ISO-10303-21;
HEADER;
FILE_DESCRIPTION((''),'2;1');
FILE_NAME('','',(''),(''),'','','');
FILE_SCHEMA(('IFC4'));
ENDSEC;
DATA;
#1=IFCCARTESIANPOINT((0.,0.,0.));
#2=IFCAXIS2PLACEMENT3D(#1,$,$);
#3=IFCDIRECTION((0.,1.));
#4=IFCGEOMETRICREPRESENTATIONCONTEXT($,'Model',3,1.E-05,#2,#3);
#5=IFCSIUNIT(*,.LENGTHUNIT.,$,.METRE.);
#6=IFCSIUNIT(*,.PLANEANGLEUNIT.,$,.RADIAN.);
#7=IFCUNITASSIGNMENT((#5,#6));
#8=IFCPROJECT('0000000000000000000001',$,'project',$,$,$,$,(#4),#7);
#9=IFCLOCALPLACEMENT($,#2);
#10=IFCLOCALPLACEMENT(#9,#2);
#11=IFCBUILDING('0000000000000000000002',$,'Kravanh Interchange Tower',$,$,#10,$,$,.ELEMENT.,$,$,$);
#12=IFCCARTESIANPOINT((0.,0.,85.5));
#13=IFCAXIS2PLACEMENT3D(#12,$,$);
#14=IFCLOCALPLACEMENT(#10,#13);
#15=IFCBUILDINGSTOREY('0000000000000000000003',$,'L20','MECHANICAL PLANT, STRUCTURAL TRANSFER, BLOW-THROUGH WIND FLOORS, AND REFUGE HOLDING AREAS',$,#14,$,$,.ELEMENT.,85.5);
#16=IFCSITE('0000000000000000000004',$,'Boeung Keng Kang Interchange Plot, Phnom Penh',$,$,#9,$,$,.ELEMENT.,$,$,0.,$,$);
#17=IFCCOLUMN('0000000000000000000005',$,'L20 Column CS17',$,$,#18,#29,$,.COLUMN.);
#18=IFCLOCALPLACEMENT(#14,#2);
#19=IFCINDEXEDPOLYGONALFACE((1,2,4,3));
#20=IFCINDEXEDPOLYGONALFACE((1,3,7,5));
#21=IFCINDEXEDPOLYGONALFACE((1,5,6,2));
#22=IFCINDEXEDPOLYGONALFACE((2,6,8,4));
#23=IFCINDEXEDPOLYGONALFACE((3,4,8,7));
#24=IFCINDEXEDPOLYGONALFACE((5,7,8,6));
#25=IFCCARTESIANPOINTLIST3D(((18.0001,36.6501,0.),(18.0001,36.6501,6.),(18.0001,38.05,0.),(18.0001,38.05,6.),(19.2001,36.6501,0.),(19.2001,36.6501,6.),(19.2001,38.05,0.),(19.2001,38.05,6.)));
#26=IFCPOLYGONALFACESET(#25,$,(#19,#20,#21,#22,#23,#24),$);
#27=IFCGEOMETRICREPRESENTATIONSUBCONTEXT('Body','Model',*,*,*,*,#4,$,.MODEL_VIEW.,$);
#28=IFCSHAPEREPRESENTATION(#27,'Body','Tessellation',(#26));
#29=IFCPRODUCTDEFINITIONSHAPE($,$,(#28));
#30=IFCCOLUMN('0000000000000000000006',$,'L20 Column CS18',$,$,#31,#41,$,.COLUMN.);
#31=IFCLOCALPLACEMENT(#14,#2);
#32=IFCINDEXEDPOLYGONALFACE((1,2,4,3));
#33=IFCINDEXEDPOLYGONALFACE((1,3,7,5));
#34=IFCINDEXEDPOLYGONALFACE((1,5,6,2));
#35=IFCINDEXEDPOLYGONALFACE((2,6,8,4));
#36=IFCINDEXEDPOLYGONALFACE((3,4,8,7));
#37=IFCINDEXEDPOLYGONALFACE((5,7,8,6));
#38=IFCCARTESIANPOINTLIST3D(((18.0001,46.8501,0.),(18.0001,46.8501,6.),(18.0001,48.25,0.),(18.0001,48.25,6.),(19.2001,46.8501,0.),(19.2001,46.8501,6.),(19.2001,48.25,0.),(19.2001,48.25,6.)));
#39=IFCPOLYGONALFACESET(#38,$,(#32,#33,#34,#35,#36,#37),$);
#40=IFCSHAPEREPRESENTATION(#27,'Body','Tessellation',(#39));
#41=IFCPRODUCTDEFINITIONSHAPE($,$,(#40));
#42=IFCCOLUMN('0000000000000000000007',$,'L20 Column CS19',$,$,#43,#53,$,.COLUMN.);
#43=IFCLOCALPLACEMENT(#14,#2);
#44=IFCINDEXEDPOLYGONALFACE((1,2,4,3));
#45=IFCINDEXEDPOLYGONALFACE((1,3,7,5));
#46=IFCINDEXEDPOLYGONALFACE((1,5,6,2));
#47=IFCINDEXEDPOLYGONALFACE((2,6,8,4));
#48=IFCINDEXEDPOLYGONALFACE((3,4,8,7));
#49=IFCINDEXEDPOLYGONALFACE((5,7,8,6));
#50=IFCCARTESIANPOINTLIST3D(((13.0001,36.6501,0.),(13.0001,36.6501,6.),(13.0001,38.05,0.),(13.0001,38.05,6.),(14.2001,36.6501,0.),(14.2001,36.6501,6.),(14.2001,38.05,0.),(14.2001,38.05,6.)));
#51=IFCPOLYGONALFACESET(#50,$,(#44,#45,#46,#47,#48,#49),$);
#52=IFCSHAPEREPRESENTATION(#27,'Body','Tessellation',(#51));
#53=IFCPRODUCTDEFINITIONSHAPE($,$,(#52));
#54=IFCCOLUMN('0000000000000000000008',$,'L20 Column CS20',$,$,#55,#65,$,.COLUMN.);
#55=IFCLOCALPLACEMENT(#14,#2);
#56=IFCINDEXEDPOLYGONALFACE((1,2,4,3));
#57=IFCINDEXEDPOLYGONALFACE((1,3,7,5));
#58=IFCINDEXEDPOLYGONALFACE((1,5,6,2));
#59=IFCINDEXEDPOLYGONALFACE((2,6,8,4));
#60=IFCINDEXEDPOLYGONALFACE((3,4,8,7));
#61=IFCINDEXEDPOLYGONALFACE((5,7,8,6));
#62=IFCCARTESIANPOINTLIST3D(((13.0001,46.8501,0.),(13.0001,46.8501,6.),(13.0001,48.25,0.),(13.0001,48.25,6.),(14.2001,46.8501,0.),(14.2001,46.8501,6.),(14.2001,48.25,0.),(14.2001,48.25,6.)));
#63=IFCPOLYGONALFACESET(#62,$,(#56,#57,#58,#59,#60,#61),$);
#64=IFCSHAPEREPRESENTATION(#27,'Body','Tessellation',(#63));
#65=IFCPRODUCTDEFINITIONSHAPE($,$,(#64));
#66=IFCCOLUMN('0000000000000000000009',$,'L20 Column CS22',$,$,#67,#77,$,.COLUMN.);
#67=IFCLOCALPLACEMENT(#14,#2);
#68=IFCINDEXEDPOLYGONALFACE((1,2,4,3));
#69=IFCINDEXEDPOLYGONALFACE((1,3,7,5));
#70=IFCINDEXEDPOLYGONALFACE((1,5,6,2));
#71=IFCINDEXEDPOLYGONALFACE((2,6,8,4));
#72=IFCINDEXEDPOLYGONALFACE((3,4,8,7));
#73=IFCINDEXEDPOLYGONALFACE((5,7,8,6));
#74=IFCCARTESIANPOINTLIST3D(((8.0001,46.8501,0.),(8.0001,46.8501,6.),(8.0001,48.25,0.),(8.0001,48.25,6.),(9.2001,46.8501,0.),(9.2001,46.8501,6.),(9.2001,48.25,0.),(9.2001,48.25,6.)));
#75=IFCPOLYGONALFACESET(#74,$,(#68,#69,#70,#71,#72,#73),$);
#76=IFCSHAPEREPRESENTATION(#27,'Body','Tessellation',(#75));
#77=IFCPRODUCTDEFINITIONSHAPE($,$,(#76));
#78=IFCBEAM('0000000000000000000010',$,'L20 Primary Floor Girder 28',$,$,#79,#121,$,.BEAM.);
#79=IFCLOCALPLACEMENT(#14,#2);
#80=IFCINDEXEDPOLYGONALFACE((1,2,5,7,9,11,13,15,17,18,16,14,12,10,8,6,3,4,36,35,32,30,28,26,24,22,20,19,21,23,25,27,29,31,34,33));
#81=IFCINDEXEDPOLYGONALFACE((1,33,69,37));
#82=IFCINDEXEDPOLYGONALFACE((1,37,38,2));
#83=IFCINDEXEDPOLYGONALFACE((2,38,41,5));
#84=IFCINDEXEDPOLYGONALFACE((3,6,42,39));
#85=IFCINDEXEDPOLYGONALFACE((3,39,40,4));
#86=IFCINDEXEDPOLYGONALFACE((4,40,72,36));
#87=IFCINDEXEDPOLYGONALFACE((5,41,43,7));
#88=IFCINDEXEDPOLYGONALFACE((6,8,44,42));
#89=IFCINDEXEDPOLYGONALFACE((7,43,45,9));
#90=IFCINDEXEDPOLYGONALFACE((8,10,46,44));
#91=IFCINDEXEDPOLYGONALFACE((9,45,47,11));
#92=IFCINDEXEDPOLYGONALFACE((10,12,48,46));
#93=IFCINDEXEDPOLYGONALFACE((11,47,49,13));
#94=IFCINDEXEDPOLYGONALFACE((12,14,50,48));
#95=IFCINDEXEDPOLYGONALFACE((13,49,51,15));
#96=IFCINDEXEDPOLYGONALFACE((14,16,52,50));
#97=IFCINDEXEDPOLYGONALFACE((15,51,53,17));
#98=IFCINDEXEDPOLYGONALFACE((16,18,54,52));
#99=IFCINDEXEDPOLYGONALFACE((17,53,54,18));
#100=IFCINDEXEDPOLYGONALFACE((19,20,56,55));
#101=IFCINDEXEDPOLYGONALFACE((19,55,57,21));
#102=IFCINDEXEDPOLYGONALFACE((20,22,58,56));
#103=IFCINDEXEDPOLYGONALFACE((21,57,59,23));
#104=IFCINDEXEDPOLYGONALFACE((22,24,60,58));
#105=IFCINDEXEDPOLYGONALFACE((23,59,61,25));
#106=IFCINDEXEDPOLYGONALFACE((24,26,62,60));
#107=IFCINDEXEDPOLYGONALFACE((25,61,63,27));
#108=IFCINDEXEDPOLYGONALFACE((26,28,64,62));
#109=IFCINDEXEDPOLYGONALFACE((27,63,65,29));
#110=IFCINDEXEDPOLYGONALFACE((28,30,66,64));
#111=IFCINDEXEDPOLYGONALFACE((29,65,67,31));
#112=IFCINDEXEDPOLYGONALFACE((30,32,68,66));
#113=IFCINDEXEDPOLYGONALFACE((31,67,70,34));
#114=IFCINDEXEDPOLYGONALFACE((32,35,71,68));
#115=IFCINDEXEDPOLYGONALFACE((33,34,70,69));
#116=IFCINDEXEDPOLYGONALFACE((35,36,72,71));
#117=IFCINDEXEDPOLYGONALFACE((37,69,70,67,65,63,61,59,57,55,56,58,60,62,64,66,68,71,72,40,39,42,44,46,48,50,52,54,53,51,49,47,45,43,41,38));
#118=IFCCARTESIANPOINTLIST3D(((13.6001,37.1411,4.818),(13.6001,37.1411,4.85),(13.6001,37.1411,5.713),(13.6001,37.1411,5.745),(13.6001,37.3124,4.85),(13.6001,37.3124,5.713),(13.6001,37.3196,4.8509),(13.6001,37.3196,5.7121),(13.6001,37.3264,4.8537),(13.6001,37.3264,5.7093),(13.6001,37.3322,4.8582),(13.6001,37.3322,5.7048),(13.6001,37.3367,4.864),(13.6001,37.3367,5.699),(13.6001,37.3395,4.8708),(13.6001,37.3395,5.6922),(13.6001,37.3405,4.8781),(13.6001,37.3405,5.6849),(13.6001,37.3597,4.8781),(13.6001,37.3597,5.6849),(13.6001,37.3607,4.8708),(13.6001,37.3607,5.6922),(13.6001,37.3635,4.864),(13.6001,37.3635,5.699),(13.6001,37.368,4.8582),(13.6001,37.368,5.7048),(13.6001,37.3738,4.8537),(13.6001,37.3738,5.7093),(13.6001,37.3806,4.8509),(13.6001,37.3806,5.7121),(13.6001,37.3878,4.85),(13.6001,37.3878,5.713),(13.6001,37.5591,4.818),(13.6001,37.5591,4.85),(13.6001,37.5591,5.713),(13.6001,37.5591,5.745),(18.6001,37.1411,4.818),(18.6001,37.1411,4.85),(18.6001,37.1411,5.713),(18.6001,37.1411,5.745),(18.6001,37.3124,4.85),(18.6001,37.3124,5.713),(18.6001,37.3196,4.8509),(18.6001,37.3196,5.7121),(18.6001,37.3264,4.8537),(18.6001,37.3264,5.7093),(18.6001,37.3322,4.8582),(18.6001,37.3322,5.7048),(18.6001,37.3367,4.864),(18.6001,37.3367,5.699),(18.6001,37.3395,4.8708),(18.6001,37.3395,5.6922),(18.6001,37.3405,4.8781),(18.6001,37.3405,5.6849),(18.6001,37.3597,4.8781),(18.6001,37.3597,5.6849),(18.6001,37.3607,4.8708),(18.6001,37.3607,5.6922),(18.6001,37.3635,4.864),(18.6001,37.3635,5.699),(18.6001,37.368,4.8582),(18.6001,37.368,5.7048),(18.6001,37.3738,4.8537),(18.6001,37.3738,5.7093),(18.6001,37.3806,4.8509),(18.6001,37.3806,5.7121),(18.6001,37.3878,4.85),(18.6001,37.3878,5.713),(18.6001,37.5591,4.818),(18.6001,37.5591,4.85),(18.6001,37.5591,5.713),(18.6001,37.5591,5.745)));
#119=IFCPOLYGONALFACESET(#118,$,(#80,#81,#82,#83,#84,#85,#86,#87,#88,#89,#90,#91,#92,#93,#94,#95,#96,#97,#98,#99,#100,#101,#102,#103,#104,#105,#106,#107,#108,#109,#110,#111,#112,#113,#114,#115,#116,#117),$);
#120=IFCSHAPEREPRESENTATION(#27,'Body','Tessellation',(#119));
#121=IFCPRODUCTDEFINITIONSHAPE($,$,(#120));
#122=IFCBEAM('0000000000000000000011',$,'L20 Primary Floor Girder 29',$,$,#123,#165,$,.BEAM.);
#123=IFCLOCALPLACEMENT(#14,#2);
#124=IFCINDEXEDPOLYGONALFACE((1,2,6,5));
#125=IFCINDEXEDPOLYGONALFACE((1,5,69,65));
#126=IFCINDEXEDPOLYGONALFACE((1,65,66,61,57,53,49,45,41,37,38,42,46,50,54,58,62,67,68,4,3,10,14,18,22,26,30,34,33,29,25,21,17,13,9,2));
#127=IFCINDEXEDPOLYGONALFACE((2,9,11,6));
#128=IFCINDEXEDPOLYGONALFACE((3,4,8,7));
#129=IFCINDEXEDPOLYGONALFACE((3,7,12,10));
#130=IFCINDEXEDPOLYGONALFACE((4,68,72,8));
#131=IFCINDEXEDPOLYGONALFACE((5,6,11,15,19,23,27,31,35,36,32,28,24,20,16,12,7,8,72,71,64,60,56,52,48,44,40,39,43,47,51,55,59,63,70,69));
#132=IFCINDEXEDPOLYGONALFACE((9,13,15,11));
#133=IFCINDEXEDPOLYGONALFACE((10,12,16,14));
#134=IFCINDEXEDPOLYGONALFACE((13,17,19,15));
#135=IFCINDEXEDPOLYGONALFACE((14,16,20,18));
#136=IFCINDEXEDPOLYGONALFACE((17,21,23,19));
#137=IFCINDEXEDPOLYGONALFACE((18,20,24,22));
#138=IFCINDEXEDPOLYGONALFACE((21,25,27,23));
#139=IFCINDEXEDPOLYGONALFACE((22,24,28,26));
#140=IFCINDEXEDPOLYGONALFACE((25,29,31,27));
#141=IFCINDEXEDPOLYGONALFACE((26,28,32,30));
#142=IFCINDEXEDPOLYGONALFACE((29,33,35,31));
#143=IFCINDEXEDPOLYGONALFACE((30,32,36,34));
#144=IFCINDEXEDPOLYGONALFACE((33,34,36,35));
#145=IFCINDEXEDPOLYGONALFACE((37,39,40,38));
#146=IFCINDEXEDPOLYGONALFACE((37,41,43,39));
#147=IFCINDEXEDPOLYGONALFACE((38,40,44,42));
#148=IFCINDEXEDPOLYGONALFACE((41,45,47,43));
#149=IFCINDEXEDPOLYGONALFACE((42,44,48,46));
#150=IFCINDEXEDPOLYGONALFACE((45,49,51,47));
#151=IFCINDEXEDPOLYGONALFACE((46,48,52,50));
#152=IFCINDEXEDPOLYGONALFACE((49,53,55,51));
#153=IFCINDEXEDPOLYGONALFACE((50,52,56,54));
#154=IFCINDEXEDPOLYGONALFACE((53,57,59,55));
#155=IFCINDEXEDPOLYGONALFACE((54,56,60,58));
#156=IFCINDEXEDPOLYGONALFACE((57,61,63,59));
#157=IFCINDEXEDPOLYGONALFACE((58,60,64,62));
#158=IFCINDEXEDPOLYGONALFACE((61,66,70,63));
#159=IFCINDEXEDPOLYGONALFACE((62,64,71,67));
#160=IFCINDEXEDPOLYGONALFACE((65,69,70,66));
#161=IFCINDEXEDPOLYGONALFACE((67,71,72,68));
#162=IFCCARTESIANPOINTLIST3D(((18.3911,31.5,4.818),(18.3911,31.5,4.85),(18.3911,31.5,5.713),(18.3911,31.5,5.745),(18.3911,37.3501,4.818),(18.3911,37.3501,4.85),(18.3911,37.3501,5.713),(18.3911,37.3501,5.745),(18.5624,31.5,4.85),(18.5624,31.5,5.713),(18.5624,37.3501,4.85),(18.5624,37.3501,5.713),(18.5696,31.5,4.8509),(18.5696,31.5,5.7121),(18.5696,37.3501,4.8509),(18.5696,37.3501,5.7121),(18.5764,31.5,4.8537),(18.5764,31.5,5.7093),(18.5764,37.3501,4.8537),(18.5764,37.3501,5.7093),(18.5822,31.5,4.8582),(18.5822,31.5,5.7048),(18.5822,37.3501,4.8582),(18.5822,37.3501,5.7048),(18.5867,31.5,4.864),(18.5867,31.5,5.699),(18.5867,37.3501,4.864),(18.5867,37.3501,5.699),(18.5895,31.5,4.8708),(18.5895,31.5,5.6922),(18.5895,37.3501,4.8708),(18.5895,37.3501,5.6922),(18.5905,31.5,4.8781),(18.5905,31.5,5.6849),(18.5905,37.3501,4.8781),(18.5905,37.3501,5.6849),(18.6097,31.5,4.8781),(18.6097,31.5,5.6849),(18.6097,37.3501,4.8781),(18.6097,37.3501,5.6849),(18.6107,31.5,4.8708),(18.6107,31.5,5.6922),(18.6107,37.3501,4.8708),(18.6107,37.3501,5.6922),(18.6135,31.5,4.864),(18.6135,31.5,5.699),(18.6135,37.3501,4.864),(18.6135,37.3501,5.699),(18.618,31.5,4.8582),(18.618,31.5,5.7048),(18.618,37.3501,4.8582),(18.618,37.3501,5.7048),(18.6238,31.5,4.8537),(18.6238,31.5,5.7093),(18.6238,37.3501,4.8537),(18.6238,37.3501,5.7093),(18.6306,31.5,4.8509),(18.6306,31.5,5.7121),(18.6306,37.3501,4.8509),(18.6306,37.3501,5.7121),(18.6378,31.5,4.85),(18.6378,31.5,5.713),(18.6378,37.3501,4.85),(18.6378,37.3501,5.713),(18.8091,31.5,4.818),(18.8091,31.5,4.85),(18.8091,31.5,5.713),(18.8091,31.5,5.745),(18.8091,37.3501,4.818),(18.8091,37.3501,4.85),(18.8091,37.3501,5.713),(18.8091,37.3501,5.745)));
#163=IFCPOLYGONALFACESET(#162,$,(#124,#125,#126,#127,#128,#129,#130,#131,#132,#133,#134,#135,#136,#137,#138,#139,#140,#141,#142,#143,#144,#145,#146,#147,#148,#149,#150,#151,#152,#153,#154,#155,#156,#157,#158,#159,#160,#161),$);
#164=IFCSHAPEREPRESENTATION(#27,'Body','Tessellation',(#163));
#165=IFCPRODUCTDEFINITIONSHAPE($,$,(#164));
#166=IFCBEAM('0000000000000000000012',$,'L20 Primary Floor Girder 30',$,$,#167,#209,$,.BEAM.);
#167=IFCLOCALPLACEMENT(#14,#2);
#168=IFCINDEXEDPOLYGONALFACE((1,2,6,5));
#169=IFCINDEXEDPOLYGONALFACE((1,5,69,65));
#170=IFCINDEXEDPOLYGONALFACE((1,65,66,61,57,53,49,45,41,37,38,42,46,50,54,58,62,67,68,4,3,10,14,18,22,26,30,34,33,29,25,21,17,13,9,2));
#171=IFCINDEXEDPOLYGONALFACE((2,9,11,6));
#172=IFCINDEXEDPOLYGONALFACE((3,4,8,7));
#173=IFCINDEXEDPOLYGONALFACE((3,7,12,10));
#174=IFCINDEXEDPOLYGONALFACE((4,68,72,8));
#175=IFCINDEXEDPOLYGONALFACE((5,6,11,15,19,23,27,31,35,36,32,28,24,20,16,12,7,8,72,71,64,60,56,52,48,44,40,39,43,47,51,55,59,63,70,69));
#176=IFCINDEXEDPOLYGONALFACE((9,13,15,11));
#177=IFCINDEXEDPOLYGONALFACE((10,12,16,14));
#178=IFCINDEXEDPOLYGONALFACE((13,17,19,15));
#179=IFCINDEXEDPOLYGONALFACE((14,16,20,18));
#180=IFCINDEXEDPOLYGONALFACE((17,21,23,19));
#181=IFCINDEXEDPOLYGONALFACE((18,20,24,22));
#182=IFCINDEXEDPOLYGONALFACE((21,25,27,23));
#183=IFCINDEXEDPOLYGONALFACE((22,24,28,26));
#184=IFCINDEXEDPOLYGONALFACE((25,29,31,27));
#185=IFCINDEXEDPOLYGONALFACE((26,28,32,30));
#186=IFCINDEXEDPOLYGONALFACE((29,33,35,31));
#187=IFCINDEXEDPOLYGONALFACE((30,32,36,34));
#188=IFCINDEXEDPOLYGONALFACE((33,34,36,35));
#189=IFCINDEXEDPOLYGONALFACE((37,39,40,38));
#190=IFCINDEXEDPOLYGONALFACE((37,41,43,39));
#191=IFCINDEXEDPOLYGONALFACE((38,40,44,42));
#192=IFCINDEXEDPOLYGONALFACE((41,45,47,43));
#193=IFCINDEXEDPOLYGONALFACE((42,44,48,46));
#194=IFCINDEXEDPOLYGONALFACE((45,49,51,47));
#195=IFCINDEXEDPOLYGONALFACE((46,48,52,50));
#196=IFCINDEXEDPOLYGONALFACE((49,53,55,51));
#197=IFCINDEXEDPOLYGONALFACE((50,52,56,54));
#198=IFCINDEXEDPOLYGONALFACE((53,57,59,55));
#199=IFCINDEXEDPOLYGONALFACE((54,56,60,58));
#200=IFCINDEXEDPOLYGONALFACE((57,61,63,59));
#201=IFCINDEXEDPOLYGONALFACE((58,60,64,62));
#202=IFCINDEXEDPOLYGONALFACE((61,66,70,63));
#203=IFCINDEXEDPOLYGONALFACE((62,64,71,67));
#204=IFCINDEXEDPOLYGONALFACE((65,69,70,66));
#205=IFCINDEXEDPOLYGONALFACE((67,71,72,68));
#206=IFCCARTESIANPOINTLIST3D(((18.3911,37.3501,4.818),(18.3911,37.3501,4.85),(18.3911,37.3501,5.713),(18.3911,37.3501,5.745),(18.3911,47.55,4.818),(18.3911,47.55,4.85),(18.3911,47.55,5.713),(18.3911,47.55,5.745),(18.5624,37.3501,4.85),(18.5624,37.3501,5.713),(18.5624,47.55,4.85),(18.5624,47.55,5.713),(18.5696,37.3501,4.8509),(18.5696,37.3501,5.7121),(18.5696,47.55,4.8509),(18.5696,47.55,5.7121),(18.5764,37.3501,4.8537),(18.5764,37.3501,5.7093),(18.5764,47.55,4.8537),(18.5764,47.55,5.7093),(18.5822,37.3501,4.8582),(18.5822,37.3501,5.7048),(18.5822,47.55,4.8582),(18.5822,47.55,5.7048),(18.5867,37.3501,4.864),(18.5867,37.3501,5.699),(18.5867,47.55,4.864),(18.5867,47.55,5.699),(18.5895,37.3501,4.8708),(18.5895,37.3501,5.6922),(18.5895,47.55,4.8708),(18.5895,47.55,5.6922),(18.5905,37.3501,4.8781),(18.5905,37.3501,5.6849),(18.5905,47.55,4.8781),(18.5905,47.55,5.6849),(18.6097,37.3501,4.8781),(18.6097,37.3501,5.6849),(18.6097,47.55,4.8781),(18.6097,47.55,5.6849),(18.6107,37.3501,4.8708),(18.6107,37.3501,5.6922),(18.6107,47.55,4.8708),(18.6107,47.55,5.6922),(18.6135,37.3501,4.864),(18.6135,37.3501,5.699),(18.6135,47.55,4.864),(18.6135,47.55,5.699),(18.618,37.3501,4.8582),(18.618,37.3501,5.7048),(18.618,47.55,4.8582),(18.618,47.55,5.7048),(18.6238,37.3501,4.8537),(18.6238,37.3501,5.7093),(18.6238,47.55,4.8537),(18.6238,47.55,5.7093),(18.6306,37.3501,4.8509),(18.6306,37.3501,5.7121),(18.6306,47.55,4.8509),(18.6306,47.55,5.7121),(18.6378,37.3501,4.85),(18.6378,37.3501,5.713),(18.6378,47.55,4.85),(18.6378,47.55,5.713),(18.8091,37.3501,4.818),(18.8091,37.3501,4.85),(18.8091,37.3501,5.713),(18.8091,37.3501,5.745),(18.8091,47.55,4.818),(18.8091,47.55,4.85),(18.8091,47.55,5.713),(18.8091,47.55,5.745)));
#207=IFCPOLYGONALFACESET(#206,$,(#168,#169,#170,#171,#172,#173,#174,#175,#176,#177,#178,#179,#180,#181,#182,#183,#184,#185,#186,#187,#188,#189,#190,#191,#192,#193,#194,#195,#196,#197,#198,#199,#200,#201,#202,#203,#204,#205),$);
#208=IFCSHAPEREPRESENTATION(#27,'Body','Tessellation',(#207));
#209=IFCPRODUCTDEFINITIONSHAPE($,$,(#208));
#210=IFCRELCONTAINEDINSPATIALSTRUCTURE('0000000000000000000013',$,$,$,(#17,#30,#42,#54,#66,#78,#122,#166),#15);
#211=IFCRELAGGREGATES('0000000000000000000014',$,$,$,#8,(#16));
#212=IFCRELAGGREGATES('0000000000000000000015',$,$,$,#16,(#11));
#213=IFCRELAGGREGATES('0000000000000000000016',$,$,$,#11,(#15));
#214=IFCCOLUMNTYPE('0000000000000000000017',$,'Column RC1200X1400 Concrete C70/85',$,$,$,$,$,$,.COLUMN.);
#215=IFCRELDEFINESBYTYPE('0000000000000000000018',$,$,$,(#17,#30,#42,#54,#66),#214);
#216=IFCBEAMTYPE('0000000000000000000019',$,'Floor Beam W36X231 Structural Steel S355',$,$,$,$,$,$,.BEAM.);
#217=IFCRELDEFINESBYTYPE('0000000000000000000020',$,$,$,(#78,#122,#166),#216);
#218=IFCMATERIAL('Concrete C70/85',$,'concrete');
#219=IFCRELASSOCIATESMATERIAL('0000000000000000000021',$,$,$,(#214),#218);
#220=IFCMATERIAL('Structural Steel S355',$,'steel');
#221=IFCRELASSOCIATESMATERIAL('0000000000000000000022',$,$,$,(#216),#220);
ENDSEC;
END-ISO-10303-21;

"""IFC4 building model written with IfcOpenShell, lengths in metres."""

from ifc_helpers import new_model, si_unit, direction, frame, origin, origin_2d, place, context, subcontext, project, spatial, rectangle, i_section, extrude, material, material_profile, profile_set, type_object, element, save


model = new_model("IFC4")

# Units and contexts
model_context = context("Model", 3, precision=1e-05, world=origin(), true_north=direction((0.0, 1.0)))
body_context = subcontext(model_context, "Body", "Model", "MODEL_VIEW")
ifc_project = project(units=[si_unit("LENGTHUNIT", "METRE"), si_unit("PLANEANGLEUNIT", "RADIAN")], contexts=[model_context])

# Site, building, storey
site_placement = place(None, origin())
site = spatial("IfcSite", under=ifc_project, at=site_placement, Name="Boeung Keng Kang Interchange Plot, Phnom Penh", CompositionType="ELEMENT", RefElevation=0.0)
building_placement = place(site_placement, origin())
building = spatial("IfcBuilding", under=site, at=building_placement, Name="Kravanh Interchange Tower", CompositionType="ELEMENT")
storey_placement = place(building_placement, frame((0.0, 0.0, 85.5)))
storey = spatial("IfcBuildingStorey", under=building, at=storey_placement, Name="L20", Description="MECHANICAL PLANT, STRUCTURAL TRANSFER, BLOW-THROUGH WIND FLOORS, AND REFUGE HOLDING AREAS", CompositionType="ELEMENT", Elevation=85.5)

# Columns
ifc_material_1 = material(Name="Concrete C70/85", Category="concrete")
ifc_material_profile_1 = material_profile(ifc_material_1, rectangle(XDim=1.2, YDim=1.3999, at=origin_2d()), Name="RC1200X1400")
ifc_profile_set_1 = profile_set([ifc_material_profile_1], Name="Concrete C70/85")
column_type = type_object("IfcColumnType", Name="Column RC1200X1400 Concrete C70/85", PredefinedType="COLUMN", material=ifc_profile_set_1)
for number, where, z_axis, x_axis, name in (
    (1, (18.6001, 37.3501, 0.0), (0.0, 0.0, 1.0), (1.0, 0.0, 0.0), "L20 Column CS17"),
    (2, (18.6001, 47.55, 0.0), (0.0, 0.0, 1.0), (1.0, 0.0, 0.0), "L20 Column CS18"),
    (3, (13.6001, 37.3501, 0.0), (0.0, 0.0, 1.0), (1.0, 0.0, 0.0), "L20 Column CS19"),
    (4, (13.6001, 47.55, 0.0), (0.0, 0.0, 1.0), (1.0, 0.0, 0.0), "L20 Column CS20"),
    (5, (8.6001, 47.55, 0.0), (0.0, 0.0, 1.0), (1.0, 0.0, 0.0), "L20 Column CS22"),
):
    element("IfcColumn", number, at=place(storey_placement, frame(where, z_axis=z_axis, x_axis=x_axis)), inside=storey, type_object=column_type, Name=name, PredefinedType="COLUMN", context=body_context, shape_type="SweptSolid", body=[
        extrude(rectangle(XDim=1.2, YDim=1.3999, at=origin_2d()), origin(), (0.0, 0.0, 1.0), 6.0),
    ])

# Beams
ifc_material_2 = material(Name="Structural Steel S355", Category="steel")
ifc_material_profile_2 = material_profile(ifc_material_2, i_section(OverallWidth=0.418, OverallDepth=0.927, WebThickness=0.0193, FlangeThickness=0.032, FilletRadius=0.0281, at=origin_2d()), Name="W36X231")
ifc_profile_set_2 = profile_set([ifc_material_profile_2], Name="Structural Steel S355")
beam_type = type_object("IfcBeamType", Name="Floor Beam W36X231 Structural Steel S355", PredefinedType="BEAM", material=ifc_profile_set_2)
beam_1_placement = place(storey_placement, frame((18.6001, 37.3501, 5.2815), z_axis=(-1.0, 0.0, 0.0), x_axis=(0.0, -1.0, 0.0)))
element("IfcBeam", 6, at=beam_1_placement, inside=storey, type_object=beam_type, Name="L20 Primary Floor Girder 28", PredefinedType="BEAM", context=body_context, shape_type="SweptSolid", body=[
    extrude(i_section(OverallWidth=0.418, OverallDepth=0.927, WebThickness=0.0193, FlangeThickness=0.032, FilletRadius=0.0281, at=origin_2d()), origin(), (0.0, 0.0, 1.0), 5.0),
])
beam_2_placement = place(storey_placement, frame((18.6001, 37.3501, 5.2815), z_axis=(0.0, -1.0, 0.0), x_axis=(1.0, 0.0, 0.0)))
element("IfcBeam", 7, at=beam_2_placement, inside=storey, type_object=beam_type, Name="L20 Primary Floor Girder 29", PredefinedType="BEAM", context=body_context, shape_type="SweptSolid", body=[
    extrude(i_section(OverallWidth=0.418, OverallDepth=0.927, WebThickness=0.0193, FlangeThickness=0.032, FilletRadius=0.0281, at=origin_2d()), origin(), (0.0, 0.0, 1.0), 5.8501),
])
beam_3_placement = place(storey_placement, frame((18.6001, 37.3501, 5.2815), z_axis=(0.0, 1.0, 0.0), x_axis=(-1.0, 0.0, 0.0)))
element("IfcBeam", 8, at=beam_3_placement, inside=storey, type_object=beam_type, Name="L20 Primary Floor Girder 30", PredefinedType="BEAM", context=body_context, shape_type="SweptSolid", body=[
    extrude(i_section(OverallWidth=0.418, OverallDepth=0.927, WebThickness=0.0193, FlangeThickness=0.032, FilletRadius=0.0281, at=origin_2d()), origin(), (0.0, 0.0, 1.0), 10.2),
])

save(model, "model.ifc")
